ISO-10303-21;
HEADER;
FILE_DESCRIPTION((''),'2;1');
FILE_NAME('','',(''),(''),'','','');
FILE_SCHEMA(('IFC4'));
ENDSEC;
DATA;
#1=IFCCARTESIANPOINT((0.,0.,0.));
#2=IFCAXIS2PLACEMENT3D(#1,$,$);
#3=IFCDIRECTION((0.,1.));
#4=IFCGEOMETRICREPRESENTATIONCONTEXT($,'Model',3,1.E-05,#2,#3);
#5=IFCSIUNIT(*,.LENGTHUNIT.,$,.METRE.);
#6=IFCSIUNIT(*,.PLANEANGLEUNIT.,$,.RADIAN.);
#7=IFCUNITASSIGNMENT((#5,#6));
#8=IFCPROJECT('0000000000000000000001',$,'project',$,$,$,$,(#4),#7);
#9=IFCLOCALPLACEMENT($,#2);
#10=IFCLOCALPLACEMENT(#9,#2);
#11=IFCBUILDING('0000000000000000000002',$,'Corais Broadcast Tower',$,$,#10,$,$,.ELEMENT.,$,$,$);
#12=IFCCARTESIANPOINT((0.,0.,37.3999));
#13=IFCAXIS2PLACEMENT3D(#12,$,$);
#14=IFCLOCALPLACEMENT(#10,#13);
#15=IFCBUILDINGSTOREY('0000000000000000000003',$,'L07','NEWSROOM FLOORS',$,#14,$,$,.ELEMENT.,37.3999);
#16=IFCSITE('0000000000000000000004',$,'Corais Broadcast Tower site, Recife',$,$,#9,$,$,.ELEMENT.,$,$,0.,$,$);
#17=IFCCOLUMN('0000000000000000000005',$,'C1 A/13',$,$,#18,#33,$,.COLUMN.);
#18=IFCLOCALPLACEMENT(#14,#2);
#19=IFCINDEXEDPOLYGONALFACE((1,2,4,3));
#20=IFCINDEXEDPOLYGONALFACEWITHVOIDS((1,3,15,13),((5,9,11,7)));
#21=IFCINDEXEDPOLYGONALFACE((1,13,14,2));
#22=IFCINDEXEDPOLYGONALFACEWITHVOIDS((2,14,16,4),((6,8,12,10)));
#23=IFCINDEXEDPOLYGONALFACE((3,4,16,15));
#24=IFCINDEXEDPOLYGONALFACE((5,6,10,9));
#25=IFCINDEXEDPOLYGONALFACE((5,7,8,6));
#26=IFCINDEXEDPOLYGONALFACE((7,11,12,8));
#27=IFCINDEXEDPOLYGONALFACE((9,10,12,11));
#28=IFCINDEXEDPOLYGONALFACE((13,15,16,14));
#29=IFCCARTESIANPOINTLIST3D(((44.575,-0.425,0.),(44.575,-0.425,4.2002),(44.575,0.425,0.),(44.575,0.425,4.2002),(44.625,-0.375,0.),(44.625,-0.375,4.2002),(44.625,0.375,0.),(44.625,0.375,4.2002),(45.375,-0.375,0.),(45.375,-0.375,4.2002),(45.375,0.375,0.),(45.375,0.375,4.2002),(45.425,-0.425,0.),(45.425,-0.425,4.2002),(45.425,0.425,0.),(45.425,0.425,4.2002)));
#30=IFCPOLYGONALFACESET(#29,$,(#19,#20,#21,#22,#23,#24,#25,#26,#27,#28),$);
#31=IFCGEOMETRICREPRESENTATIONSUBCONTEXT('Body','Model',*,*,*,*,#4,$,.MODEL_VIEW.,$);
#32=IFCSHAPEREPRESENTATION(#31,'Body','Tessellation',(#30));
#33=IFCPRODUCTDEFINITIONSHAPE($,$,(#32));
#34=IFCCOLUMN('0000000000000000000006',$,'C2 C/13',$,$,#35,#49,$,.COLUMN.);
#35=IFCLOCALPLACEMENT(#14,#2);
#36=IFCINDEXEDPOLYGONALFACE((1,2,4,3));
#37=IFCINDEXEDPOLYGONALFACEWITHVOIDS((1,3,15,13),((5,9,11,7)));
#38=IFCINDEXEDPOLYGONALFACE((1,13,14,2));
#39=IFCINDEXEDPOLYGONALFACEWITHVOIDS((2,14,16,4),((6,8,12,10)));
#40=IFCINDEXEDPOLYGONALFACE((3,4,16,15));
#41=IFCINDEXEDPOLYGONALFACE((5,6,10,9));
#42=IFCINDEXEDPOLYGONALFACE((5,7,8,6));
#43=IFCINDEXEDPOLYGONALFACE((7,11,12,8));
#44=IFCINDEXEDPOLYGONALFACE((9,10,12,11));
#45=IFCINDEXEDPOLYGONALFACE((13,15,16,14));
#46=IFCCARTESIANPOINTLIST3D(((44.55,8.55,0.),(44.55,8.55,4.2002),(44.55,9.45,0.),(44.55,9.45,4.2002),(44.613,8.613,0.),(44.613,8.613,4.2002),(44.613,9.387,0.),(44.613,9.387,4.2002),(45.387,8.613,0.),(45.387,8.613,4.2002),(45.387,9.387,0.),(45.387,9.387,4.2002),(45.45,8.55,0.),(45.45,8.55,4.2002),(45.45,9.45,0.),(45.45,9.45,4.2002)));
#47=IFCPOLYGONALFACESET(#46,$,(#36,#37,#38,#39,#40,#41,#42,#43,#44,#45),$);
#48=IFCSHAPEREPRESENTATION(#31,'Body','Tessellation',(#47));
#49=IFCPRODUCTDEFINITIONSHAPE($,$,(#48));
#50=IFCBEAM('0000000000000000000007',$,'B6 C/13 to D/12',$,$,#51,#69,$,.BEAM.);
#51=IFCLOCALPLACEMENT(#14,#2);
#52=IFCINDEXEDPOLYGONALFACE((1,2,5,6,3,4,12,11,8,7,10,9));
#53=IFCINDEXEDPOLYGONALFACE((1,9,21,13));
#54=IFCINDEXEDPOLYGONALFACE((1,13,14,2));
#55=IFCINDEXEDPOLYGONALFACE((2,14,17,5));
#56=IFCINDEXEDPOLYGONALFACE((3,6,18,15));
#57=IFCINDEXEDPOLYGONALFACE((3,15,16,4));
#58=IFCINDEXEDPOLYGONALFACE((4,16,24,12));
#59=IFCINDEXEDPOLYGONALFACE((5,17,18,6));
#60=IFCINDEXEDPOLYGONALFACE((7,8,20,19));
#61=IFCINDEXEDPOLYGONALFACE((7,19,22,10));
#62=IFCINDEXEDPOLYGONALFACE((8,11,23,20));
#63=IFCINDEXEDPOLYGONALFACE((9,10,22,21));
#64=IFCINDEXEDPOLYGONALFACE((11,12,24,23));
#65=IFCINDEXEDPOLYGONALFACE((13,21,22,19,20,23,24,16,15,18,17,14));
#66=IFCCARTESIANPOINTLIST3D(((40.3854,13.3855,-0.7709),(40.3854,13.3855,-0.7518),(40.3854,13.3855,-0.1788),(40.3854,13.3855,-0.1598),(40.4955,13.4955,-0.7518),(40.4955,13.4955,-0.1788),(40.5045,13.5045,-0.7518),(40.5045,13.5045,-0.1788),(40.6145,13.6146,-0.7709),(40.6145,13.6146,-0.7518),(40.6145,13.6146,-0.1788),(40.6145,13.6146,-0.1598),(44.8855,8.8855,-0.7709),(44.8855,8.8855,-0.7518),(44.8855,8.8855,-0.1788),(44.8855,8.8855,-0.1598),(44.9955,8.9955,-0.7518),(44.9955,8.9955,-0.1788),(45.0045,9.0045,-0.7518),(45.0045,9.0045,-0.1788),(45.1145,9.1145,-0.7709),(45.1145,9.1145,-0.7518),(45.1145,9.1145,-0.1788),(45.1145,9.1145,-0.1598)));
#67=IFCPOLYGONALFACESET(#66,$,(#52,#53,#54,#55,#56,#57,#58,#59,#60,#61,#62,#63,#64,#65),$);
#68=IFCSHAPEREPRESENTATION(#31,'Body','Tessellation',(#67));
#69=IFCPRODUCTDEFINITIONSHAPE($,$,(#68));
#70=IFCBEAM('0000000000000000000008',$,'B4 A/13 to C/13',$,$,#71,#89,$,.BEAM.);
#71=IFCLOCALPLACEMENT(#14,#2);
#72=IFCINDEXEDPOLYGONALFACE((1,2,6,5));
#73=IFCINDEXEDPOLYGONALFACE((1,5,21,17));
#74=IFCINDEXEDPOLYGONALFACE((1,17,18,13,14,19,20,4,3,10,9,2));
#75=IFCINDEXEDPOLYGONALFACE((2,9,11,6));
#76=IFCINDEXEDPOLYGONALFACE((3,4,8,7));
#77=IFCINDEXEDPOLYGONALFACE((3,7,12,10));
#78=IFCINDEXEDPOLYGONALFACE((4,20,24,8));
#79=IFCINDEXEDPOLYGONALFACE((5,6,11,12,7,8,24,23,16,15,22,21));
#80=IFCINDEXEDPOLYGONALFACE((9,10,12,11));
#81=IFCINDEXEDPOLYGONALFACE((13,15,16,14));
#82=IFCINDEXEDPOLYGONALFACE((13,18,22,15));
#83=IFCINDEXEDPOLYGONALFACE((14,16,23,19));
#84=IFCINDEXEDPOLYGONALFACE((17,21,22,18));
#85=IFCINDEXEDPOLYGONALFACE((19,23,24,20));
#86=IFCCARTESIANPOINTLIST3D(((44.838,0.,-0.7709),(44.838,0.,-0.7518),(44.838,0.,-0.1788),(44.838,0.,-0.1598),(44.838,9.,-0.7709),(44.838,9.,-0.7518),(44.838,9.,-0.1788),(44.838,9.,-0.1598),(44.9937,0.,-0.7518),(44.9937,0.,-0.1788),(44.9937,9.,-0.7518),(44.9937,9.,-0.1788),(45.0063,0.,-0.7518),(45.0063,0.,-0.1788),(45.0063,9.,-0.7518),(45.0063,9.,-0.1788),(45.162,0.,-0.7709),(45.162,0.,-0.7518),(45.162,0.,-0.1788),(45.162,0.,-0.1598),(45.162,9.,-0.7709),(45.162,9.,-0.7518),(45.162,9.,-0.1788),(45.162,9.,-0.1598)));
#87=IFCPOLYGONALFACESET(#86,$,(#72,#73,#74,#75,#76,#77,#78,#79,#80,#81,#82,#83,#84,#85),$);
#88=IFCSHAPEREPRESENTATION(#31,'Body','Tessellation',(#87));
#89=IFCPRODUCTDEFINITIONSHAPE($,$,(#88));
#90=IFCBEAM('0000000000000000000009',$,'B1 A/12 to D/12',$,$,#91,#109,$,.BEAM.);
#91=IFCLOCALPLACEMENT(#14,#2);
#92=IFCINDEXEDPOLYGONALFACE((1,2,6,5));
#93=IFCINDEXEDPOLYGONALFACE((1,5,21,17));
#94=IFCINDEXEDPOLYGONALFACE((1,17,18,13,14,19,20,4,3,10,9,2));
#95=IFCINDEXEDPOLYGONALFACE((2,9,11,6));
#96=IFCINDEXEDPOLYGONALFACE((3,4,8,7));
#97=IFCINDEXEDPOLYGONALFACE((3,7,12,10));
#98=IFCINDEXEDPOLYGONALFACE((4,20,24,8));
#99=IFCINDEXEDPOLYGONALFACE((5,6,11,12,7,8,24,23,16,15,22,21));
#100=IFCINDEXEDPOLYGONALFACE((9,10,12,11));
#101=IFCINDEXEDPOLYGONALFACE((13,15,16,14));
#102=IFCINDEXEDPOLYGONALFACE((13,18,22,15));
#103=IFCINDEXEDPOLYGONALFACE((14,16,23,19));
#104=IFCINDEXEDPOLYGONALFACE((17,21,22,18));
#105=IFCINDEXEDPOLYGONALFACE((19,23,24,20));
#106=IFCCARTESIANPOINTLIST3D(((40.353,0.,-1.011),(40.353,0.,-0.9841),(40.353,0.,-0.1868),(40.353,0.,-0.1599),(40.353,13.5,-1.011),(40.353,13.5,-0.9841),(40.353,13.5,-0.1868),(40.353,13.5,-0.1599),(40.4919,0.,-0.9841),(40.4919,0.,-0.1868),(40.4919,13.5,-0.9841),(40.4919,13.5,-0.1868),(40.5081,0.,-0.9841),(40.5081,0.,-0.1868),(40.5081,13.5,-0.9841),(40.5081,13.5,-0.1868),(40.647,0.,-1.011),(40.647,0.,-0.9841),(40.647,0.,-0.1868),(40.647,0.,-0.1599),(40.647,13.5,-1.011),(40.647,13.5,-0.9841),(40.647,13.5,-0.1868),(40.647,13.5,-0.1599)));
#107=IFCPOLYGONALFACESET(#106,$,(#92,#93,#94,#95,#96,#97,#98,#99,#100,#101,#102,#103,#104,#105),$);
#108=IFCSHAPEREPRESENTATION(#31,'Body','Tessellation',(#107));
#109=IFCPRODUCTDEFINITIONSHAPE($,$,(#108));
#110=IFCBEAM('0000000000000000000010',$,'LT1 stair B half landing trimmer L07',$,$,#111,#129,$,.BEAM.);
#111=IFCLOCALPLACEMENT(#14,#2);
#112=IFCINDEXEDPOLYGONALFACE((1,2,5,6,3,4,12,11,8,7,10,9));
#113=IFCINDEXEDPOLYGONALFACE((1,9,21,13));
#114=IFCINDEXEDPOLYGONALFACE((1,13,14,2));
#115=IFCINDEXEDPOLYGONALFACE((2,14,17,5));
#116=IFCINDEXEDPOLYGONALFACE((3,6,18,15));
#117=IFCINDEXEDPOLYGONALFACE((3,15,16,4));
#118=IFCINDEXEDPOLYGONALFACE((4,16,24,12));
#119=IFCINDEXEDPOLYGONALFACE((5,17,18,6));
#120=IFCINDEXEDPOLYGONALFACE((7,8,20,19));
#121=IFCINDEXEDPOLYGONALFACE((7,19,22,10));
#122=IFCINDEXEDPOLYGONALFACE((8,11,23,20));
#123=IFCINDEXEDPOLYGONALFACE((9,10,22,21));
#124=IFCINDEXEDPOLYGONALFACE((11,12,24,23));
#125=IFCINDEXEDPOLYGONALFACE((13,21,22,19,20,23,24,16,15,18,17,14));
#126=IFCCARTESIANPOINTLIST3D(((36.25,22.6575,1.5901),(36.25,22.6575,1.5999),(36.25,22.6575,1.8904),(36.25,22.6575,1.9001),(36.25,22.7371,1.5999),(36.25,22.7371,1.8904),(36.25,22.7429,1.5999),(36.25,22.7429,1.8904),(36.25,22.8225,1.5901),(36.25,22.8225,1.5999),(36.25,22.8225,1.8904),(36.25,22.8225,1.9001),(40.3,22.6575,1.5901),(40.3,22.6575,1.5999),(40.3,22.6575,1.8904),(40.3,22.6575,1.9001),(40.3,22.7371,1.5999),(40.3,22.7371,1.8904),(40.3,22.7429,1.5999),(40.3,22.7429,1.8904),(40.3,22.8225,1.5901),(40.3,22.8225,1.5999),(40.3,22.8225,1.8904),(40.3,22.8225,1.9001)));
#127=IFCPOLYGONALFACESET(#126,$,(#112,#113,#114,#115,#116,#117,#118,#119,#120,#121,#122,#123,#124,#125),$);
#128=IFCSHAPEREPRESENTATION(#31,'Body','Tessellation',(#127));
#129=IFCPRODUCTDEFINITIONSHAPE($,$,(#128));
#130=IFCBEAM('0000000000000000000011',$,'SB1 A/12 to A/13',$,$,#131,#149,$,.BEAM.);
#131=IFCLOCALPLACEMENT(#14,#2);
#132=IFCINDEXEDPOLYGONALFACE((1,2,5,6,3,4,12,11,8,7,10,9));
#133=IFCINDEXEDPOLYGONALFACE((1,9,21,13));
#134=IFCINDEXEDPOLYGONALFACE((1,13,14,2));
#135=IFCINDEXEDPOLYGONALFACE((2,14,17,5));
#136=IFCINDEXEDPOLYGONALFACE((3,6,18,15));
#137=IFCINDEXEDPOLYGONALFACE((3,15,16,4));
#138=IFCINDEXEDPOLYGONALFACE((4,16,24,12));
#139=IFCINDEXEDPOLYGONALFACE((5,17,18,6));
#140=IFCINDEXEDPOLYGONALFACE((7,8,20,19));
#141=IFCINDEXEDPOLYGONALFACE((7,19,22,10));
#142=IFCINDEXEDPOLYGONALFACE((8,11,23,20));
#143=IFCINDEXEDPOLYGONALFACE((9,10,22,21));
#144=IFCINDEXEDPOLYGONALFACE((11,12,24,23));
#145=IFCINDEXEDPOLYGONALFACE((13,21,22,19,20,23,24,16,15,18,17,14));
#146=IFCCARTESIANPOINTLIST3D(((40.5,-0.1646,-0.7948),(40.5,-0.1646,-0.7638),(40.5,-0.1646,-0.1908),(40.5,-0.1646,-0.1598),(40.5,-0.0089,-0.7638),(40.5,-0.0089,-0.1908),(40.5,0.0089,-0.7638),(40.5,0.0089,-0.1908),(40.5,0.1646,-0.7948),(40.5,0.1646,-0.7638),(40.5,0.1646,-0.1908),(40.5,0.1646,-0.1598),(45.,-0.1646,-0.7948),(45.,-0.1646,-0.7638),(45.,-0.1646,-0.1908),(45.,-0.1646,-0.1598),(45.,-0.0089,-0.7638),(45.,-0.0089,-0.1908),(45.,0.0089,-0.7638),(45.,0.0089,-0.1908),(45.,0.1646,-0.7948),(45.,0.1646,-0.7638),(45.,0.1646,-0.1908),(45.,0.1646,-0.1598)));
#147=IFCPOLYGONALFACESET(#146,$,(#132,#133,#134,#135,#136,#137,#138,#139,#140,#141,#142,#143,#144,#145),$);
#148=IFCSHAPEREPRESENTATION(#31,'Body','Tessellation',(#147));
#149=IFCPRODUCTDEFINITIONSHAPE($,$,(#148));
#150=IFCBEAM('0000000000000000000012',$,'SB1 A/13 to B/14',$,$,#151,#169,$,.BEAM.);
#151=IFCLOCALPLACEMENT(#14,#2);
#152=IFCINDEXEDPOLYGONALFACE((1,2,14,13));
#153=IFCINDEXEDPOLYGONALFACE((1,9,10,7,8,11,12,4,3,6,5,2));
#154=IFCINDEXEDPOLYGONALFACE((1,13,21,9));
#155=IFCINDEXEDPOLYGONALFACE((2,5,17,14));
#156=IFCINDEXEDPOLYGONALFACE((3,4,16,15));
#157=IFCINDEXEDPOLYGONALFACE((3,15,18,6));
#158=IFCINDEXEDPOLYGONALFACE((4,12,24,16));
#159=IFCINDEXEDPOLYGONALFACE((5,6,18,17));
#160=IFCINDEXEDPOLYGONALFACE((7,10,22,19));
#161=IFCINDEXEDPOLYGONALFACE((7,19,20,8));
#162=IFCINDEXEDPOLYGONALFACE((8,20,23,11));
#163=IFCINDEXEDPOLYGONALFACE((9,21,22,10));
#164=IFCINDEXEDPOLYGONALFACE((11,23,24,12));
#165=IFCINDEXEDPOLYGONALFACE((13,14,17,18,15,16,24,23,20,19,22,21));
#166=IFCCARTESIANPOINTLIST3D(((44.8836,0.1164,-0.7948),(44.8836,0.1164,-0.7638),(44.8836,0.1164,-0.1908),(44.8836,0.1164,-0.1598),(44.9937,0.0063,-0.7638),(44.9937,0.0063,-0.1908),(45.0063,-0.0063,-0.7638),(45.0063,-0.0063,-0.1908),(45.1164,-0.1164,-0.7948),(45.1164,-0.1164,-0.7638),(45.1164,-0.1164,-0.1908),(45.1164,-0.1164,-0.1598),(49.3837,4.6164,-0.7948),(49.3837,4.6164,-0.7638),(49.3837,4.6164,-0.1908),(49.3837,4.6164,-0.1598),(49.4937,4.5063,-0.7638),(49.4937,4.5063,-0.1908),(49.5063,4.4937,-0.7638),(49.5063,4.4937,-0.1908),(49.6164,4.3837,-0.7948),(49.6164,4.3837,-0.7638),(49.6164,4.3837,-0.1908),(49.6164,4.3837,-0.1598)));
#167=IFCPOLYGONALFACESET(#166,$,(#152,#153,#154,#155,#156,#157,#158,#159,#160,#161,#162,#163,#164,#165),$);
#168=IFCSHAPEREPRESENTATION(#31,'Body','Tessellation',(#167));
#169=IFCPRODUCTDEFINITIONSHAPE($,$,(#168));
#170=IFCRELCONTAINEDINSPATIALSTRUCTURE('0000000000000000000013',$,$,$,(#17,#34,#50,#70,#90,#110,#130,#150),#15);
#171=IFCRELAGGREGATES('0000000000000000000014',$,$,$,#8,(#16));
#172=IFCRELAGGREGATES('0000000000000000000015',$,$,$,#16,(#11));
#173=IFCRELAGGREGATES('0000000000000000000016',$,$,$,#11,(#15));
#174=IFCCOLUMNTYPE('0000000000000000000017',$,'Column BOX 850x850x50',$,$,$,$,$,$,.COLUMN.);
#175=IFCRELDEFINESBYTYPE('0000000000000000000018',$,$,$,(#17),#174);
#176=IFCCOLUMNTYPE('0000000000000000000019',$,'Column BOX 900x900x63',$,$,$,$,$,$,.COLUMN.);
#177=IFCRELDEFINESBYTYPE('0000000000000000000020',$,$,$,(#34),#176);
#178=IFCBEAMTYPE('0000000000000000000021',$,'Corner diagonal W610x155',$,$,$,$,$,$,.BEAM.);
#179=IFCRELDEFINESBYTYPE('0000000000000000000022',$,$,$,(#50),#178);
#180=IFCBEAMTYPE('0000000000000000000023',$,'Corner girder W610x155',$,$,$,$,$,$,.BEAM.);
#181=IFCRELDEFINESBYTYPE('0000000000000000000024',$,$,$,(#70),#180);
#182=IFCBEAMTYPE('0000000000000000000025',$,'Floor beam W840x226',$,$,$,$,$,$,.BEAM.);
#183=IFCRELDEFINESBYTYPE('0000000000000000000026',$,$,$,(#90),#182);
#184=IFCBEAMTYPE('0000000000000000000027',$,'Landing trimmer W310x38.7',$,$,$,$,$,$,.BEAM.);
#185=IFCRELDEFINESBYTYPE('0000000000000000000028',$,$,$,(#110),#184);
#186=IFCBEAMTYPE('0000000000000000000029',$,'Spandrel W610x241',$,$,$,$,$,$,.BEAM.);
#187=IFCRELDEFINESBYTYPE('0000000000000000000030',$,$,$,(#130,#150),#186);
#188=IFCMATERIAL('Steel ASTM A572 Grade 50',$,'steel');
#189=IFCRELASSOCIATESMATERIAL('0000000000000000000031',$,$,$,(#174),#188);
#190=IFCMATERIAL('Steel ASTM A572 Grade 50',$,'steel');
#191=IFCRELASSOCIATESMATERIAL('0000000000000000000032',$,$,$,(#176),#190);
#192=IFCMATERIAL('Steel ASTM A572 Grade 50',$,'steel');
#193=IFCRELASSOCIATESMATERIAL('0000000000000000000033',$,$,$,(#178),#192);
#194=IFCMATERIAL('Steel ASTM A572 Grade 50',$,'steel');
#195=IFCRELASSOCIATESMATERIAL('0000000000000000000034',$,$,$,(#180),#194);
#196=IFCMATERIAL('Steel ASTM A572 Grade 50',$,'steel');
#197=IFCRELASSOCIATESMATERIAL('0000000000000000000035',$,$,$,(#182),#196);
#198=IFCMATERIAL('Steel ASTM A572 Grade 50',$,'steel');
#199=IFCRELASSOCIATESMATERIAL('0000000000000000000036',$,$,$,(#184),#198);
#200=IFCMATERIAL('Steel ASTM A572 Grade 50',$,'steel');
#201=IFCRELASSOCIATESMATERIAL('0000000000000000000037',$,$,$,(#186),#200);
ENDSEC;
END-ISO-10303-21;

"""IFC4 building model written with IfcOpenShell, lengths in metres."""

from ifc_helpers import new_model, si_unit, direction, frame, origin, origin_2d, place, context, subcontext, project, spatial, hollow_rectangle, i_section, extrude, material, material_profile, profile_set, type_object, element, save


model = new_model("IFC4")

# Units and contexts
model_context = context("Model", 3, precision=1e-05, world=origin(), true_north=direction((0.0, 1.0)))
body_context = subcontext(model_context, "Body", "Model", "MODEL_VIEW")
ifc_project = project(units=[si_unit("LENGTHUNIT", "METRE"), si_unit("PLANEANGLEUNIT", "RADIAN")], contexts=[model_context])

# Site, building, storey
site_placement = place(None, origin())
site = spatial("IfcSite", under=ifc_project, at=site_placement, Name="Corais Broadcast Tower site, Recife", CompositionType="ELEMENT", RefElevation=0.0)
building_placement = place(site_placement, origin())
building = spatial("IfcBuilding", under=site, at=building_placement, Name="Corais Broadcast Tower", CompositionType="ELEMENT")
storey_placement = place(building_placement, frame((0.0, 0.0, 37.3999)))
storey = spatial("IfcBuildingStorey", under=building, at=storey_placement, Name="L07", Description="NEWSROOM FLOORS", CompositionType="ELEMENT", Elevation=37.3999)

# Columns
ifc_material_1 = material(Name="Steel ASTM A572 Grade 50", Category="steel")
ifc_material_profile_1 = material_profile(ifc_material_1, hollow_rectangle(XDim=0.8501, YDim=0.8501, WallThickness=0.05, at=origin_2d()), Name="BOX 850x850x50")
ifc_profile_set_1 = profile_set([ifc_material_profile_1], Name="Steel ASTM A572 Grade 50")
column_type_1 = type_object("IfcColumnType", Name="Column BOX 850x850x50", PredefinedType="COLUMN", material=ifc_profile_set_1)
column_1_placement = place(storey_placement, frame((45.0, 0.0, 0.0), z_axis=(0.0, 0.0, 1.0), x_axis=(1.0, 0.0, 0.0)))
element("IfcColumn", 1, at=column_1_placement, inside=storey, type_object=column_type_1, Name="C1 A/13", PredefinedType="COLUMN", context=body_context, shape_type="SweptSolid", body=[
    extrude(hollow_rectangle(XDim=0.8501, YDim=0.8501, WallThickness=0.05, at=origin_2d()), origin(), (0.0, 0.0, 1.0), 4.2002),
])
ifc_material_2 = material(Name="Steel ASTM A572 Grade 50", Category="steel")
ifc_material_profile_2 = material_profile(ifc_material_2, hollow_rectangle(XDim=0.8999, YDim=0.8999, WallThickness=0.063, at=origin_2d()), Name="BOX 900x900x63")
ifc_profile_set_2 = profile_set([ifc_material_profile_2], Name="Steel ASTM A572 Grade 50")
column_type_2 = type_object("IfcColumnType", Name="Column BOX 900x900x63", PredefinedType="COLUMN", material=ifc_profile_set_2)
column_2_placement = place(storey_placement, frame((45.0, 9.0, 0.0), z_axis=(0.0, 0.0, 1.0), x_axis=(1.0, 0.0, 0.0)))
element("IfcColumn", 2, at=column_2_placement, inside=storey, type_object=column_type_2, Name="C2 C/13", PredefinedType="COLUMN", context=body_context, shape_type="SweptSolid", body=[
    extrude(hollow_rectangle(XDim=0.8999, YDim=0.8999, WallThickness=0.063, at=origin_2d()), origin(), (0.0, 0.0, 1.0), 4.2002),
])

# Beams
ifc_material_3 = material(Name="Steel ASTM A572 Grade 50", Category="steel")
ifc_material_profile_3 = material_profile(ifc_material_3, i_section(OverallWidth=0.324, OverallDepth=0.6111, WebThickness=0.0127, FlangeThickness=0.019, at=origin_2d()), Name="W610x155")
ifc_profile_set_3 = profile_set([ifc_material_profile_3], Name="Steel ASTM A572 Grade 50")
beam_type_1 = type_object("IfcBeamType", Name="Corner diagonal W610x155", PredefinedType="BEAM", material=ifc_profile_set_3)
beam_1_placement = place(storey_placement, frame((45.0, 9.0, -0.4653), z_axis=(-0.707107, 0.707107, 0.0), x_axis=(-0.707107, -0.707107, 0.0)))
element("IfcBeam", 3, at=beam_1_placement, inside=storey, type_object=beam_type_1, Name="B6 C/13 to D/12", PredefinedType="BEAM", context=body_context, shape_type="SweptSolid", body=[
    extrude(i_section(OverallWidth=0.324, OverallDepth=0.6111, WebThickness=0.0127, FlangeThickness=0.019, at=origin_2d()), origin(), (0.0, 0.0, 1.0), 6.364),
])
ifc_material_4 = material(Name="Steel ASTM A572 Grade 50", Category="steel")
ifc_material_profile_4 = material_profile(ifc_material_4, i_section(OverallWidth=0.324, OverallDepth=0.6111, WebThickness=0.0127, FlangeThickness=0.019, at=origin_2d()), Name="W610x155")
ifc_profile_set_4 = profile_set([ifc_material_profile_4], Name="Steel ASTM A572 Grade 50")
beam_type_2 = type_object("IfcBeamType", Name="Corner girder W610x155", PredefinedType="BEAM", material=ifc_profile_set_4)
beam_2_placement = place(storey_placement, frame((45.0, 0.0, -0.4653), z_axis=(0.0, 1.0, 0.0), x_axis=(-1.0, 0.0, 0.0)))
element("IfcBeam", 4, at=beam_2_placement, inside=storey, type_object=beam_type_2, Name="B4 A/13 to C/13", PredefinedType="BEAM", context=body_context, shape_type="SweptSolid", body=[
    extrude(i_section(OverallWidth=0.324, OverallDepth=0.6111, WebThickness=0.0127, FlangeThickness=0.019, at=origin_2d()), origin(), (0.0, 0.0, 1.0), 9.0),
])
ifc_material_5 = material(Name="Steel ASTM A572 Grade 50", Category="steel")
ifc_material_profile_5 = material_profile(ifc_material_5, i_section(OverallWidth=0.2939, OverallDepth=0.8511, WebThickness=0.0161, FlangeThickness=0.0269, at=origin_2d()), Name="W840x226")
ifc_profile_set_5 = profile_set([ifc_material_profile_5], Name="Steel ASTM A572 Grade 50")
beam_type_3 = type_object("IfcBeamType", Name="Floor beam W840x226", PredefinedType="BEAM", material=ifc_profile_set_5)
beam_3_placement = place(storey_placement, frame((40.5, 0.0, -0.5854), z_axis=(0.0, 1.0, 0.0), x_axis=(-1.0, 0.0, 0.0)))
element("IfcBeam", 5, at=beam_3_placement, inside=storey, type_object=beam_type_3, Name="B1 A/12 to D/12", PredefinedType="BEAM", context=body_context, shape_type="SweptSolid", body=[
    extrude(i_section(OverallWidth=0.2939, OverallDepth=0.8511, WebThickness=0.0161, FlangeThickness=0.0269, at=origin_2d()), origin(), (0.0, 0.0, 1.0), 13.5),
])
ifc_material_6 = material(Name="Steel ASTM A572 Grade 50", Category="steel")
ifc_material_profile_6 = material_profile(ifc_material_6, i_section(OverallWidth=0.165, OverallDepth=0.3101, WebThickness=0.0059, FlangeThickness=0.0098, at=origin_2d()), Name="W310x38.7")
ifc_profile_set_6 = profile_set([ifc_material_profile_6], Name="Steel ASTM A572 Grade 50")
beam_type_4 = type_object("IfcBeamType", Name="Landing trimmer W310x38.7", PredefinedType="BEAM", material=ifc_profile_set_6)
beam_4_placement = place(storey_placement, frame((36.25, 22.74, 1.7451), z_axis=(1.0, 0.0, 0.0), x_axis=(0.0, 1.0, 0.0)))
element("IfcBeam", 6, at=beam_4_placement, inside=storey, type_object=beam_type_4, Name="LT1 stair B half landing trimmer L07", PredefinedType="BEAM", context=body_context, shape_type="SweptSolid", body=[
    extrude(i_section(OverallWidth=0.165, OverallDepth=0.3101, WebThickness=0.0059, FlangeThickness=0.0098, at=origin_2d()), origin(), (0.0, 0.0, 1.0), 4.05),
])
ifc_material_7 = material(Name="Steel ASTM A572 Grade 50", Category="steel")
ifc_material_profile_7 = material_profile(ifc_material_7, i_section(OverallWidth=0.3291, OverallDepth=0.635, WebThickness=0.0178, FlangeThickness=0.031, at=origin_2d()), Name="W610x241")
ifc_profile_set_7 = profile_set([ifc_material_profile_7], Name="Steel ASTM A572 Grade 50")
beam_type_5 = type_object("IfcBeamType", Name="Spandrel W610x241", PredefinedType="BEAM", material=ifc_profile_set_7)
beam_5_placement = place(storey_placement, frame((40.5, 0.0, -0.4773), z_axis=(1.0, 0.0, 0.0), x_axis=(0.0, 1.0, 0.0)))
element("IfcBeam", 7, at=beam_5_placement, inside=storey, type_object=beam_type_5, Name="SB1 A/12 to A/13", PredefinedType="BEAM", context=body_context, shape_type="SweptSolid", body=[
    extrude(i_section(OverallWidth=0.3291, OverallDepth=0.635, WebThickness=0.0178, FlangeThickness=0.031, at=origin_2d()), origin(), (0.0, 0.0, 1.0), 4.5),
])
beam_6_placement = place(storey_placement, frame((45.0, 0.0, -0.4773), z_axis=(0.707107, 0.707107, 0.0), x_axis=(-0.707107, 0.707107, 0.0)))
element("IfcBeam", 8, at=beam_6_placement, inside=storey, type_object=beam_type_5, Name="SB1 A/13 to B/14", PredefinedType="BEAM", context=body_context, shape_type="SweptSolid", body=[
    extrude(i_section(OverallWidth=0.3291, OverallDepth=0.635, WebThickness=0.0178, FlangeThickness=0.031, at=origin_2d()), origin(), (0.0, 0.0, 1.0), 6.364),
])

save(model, "model.ifc")
